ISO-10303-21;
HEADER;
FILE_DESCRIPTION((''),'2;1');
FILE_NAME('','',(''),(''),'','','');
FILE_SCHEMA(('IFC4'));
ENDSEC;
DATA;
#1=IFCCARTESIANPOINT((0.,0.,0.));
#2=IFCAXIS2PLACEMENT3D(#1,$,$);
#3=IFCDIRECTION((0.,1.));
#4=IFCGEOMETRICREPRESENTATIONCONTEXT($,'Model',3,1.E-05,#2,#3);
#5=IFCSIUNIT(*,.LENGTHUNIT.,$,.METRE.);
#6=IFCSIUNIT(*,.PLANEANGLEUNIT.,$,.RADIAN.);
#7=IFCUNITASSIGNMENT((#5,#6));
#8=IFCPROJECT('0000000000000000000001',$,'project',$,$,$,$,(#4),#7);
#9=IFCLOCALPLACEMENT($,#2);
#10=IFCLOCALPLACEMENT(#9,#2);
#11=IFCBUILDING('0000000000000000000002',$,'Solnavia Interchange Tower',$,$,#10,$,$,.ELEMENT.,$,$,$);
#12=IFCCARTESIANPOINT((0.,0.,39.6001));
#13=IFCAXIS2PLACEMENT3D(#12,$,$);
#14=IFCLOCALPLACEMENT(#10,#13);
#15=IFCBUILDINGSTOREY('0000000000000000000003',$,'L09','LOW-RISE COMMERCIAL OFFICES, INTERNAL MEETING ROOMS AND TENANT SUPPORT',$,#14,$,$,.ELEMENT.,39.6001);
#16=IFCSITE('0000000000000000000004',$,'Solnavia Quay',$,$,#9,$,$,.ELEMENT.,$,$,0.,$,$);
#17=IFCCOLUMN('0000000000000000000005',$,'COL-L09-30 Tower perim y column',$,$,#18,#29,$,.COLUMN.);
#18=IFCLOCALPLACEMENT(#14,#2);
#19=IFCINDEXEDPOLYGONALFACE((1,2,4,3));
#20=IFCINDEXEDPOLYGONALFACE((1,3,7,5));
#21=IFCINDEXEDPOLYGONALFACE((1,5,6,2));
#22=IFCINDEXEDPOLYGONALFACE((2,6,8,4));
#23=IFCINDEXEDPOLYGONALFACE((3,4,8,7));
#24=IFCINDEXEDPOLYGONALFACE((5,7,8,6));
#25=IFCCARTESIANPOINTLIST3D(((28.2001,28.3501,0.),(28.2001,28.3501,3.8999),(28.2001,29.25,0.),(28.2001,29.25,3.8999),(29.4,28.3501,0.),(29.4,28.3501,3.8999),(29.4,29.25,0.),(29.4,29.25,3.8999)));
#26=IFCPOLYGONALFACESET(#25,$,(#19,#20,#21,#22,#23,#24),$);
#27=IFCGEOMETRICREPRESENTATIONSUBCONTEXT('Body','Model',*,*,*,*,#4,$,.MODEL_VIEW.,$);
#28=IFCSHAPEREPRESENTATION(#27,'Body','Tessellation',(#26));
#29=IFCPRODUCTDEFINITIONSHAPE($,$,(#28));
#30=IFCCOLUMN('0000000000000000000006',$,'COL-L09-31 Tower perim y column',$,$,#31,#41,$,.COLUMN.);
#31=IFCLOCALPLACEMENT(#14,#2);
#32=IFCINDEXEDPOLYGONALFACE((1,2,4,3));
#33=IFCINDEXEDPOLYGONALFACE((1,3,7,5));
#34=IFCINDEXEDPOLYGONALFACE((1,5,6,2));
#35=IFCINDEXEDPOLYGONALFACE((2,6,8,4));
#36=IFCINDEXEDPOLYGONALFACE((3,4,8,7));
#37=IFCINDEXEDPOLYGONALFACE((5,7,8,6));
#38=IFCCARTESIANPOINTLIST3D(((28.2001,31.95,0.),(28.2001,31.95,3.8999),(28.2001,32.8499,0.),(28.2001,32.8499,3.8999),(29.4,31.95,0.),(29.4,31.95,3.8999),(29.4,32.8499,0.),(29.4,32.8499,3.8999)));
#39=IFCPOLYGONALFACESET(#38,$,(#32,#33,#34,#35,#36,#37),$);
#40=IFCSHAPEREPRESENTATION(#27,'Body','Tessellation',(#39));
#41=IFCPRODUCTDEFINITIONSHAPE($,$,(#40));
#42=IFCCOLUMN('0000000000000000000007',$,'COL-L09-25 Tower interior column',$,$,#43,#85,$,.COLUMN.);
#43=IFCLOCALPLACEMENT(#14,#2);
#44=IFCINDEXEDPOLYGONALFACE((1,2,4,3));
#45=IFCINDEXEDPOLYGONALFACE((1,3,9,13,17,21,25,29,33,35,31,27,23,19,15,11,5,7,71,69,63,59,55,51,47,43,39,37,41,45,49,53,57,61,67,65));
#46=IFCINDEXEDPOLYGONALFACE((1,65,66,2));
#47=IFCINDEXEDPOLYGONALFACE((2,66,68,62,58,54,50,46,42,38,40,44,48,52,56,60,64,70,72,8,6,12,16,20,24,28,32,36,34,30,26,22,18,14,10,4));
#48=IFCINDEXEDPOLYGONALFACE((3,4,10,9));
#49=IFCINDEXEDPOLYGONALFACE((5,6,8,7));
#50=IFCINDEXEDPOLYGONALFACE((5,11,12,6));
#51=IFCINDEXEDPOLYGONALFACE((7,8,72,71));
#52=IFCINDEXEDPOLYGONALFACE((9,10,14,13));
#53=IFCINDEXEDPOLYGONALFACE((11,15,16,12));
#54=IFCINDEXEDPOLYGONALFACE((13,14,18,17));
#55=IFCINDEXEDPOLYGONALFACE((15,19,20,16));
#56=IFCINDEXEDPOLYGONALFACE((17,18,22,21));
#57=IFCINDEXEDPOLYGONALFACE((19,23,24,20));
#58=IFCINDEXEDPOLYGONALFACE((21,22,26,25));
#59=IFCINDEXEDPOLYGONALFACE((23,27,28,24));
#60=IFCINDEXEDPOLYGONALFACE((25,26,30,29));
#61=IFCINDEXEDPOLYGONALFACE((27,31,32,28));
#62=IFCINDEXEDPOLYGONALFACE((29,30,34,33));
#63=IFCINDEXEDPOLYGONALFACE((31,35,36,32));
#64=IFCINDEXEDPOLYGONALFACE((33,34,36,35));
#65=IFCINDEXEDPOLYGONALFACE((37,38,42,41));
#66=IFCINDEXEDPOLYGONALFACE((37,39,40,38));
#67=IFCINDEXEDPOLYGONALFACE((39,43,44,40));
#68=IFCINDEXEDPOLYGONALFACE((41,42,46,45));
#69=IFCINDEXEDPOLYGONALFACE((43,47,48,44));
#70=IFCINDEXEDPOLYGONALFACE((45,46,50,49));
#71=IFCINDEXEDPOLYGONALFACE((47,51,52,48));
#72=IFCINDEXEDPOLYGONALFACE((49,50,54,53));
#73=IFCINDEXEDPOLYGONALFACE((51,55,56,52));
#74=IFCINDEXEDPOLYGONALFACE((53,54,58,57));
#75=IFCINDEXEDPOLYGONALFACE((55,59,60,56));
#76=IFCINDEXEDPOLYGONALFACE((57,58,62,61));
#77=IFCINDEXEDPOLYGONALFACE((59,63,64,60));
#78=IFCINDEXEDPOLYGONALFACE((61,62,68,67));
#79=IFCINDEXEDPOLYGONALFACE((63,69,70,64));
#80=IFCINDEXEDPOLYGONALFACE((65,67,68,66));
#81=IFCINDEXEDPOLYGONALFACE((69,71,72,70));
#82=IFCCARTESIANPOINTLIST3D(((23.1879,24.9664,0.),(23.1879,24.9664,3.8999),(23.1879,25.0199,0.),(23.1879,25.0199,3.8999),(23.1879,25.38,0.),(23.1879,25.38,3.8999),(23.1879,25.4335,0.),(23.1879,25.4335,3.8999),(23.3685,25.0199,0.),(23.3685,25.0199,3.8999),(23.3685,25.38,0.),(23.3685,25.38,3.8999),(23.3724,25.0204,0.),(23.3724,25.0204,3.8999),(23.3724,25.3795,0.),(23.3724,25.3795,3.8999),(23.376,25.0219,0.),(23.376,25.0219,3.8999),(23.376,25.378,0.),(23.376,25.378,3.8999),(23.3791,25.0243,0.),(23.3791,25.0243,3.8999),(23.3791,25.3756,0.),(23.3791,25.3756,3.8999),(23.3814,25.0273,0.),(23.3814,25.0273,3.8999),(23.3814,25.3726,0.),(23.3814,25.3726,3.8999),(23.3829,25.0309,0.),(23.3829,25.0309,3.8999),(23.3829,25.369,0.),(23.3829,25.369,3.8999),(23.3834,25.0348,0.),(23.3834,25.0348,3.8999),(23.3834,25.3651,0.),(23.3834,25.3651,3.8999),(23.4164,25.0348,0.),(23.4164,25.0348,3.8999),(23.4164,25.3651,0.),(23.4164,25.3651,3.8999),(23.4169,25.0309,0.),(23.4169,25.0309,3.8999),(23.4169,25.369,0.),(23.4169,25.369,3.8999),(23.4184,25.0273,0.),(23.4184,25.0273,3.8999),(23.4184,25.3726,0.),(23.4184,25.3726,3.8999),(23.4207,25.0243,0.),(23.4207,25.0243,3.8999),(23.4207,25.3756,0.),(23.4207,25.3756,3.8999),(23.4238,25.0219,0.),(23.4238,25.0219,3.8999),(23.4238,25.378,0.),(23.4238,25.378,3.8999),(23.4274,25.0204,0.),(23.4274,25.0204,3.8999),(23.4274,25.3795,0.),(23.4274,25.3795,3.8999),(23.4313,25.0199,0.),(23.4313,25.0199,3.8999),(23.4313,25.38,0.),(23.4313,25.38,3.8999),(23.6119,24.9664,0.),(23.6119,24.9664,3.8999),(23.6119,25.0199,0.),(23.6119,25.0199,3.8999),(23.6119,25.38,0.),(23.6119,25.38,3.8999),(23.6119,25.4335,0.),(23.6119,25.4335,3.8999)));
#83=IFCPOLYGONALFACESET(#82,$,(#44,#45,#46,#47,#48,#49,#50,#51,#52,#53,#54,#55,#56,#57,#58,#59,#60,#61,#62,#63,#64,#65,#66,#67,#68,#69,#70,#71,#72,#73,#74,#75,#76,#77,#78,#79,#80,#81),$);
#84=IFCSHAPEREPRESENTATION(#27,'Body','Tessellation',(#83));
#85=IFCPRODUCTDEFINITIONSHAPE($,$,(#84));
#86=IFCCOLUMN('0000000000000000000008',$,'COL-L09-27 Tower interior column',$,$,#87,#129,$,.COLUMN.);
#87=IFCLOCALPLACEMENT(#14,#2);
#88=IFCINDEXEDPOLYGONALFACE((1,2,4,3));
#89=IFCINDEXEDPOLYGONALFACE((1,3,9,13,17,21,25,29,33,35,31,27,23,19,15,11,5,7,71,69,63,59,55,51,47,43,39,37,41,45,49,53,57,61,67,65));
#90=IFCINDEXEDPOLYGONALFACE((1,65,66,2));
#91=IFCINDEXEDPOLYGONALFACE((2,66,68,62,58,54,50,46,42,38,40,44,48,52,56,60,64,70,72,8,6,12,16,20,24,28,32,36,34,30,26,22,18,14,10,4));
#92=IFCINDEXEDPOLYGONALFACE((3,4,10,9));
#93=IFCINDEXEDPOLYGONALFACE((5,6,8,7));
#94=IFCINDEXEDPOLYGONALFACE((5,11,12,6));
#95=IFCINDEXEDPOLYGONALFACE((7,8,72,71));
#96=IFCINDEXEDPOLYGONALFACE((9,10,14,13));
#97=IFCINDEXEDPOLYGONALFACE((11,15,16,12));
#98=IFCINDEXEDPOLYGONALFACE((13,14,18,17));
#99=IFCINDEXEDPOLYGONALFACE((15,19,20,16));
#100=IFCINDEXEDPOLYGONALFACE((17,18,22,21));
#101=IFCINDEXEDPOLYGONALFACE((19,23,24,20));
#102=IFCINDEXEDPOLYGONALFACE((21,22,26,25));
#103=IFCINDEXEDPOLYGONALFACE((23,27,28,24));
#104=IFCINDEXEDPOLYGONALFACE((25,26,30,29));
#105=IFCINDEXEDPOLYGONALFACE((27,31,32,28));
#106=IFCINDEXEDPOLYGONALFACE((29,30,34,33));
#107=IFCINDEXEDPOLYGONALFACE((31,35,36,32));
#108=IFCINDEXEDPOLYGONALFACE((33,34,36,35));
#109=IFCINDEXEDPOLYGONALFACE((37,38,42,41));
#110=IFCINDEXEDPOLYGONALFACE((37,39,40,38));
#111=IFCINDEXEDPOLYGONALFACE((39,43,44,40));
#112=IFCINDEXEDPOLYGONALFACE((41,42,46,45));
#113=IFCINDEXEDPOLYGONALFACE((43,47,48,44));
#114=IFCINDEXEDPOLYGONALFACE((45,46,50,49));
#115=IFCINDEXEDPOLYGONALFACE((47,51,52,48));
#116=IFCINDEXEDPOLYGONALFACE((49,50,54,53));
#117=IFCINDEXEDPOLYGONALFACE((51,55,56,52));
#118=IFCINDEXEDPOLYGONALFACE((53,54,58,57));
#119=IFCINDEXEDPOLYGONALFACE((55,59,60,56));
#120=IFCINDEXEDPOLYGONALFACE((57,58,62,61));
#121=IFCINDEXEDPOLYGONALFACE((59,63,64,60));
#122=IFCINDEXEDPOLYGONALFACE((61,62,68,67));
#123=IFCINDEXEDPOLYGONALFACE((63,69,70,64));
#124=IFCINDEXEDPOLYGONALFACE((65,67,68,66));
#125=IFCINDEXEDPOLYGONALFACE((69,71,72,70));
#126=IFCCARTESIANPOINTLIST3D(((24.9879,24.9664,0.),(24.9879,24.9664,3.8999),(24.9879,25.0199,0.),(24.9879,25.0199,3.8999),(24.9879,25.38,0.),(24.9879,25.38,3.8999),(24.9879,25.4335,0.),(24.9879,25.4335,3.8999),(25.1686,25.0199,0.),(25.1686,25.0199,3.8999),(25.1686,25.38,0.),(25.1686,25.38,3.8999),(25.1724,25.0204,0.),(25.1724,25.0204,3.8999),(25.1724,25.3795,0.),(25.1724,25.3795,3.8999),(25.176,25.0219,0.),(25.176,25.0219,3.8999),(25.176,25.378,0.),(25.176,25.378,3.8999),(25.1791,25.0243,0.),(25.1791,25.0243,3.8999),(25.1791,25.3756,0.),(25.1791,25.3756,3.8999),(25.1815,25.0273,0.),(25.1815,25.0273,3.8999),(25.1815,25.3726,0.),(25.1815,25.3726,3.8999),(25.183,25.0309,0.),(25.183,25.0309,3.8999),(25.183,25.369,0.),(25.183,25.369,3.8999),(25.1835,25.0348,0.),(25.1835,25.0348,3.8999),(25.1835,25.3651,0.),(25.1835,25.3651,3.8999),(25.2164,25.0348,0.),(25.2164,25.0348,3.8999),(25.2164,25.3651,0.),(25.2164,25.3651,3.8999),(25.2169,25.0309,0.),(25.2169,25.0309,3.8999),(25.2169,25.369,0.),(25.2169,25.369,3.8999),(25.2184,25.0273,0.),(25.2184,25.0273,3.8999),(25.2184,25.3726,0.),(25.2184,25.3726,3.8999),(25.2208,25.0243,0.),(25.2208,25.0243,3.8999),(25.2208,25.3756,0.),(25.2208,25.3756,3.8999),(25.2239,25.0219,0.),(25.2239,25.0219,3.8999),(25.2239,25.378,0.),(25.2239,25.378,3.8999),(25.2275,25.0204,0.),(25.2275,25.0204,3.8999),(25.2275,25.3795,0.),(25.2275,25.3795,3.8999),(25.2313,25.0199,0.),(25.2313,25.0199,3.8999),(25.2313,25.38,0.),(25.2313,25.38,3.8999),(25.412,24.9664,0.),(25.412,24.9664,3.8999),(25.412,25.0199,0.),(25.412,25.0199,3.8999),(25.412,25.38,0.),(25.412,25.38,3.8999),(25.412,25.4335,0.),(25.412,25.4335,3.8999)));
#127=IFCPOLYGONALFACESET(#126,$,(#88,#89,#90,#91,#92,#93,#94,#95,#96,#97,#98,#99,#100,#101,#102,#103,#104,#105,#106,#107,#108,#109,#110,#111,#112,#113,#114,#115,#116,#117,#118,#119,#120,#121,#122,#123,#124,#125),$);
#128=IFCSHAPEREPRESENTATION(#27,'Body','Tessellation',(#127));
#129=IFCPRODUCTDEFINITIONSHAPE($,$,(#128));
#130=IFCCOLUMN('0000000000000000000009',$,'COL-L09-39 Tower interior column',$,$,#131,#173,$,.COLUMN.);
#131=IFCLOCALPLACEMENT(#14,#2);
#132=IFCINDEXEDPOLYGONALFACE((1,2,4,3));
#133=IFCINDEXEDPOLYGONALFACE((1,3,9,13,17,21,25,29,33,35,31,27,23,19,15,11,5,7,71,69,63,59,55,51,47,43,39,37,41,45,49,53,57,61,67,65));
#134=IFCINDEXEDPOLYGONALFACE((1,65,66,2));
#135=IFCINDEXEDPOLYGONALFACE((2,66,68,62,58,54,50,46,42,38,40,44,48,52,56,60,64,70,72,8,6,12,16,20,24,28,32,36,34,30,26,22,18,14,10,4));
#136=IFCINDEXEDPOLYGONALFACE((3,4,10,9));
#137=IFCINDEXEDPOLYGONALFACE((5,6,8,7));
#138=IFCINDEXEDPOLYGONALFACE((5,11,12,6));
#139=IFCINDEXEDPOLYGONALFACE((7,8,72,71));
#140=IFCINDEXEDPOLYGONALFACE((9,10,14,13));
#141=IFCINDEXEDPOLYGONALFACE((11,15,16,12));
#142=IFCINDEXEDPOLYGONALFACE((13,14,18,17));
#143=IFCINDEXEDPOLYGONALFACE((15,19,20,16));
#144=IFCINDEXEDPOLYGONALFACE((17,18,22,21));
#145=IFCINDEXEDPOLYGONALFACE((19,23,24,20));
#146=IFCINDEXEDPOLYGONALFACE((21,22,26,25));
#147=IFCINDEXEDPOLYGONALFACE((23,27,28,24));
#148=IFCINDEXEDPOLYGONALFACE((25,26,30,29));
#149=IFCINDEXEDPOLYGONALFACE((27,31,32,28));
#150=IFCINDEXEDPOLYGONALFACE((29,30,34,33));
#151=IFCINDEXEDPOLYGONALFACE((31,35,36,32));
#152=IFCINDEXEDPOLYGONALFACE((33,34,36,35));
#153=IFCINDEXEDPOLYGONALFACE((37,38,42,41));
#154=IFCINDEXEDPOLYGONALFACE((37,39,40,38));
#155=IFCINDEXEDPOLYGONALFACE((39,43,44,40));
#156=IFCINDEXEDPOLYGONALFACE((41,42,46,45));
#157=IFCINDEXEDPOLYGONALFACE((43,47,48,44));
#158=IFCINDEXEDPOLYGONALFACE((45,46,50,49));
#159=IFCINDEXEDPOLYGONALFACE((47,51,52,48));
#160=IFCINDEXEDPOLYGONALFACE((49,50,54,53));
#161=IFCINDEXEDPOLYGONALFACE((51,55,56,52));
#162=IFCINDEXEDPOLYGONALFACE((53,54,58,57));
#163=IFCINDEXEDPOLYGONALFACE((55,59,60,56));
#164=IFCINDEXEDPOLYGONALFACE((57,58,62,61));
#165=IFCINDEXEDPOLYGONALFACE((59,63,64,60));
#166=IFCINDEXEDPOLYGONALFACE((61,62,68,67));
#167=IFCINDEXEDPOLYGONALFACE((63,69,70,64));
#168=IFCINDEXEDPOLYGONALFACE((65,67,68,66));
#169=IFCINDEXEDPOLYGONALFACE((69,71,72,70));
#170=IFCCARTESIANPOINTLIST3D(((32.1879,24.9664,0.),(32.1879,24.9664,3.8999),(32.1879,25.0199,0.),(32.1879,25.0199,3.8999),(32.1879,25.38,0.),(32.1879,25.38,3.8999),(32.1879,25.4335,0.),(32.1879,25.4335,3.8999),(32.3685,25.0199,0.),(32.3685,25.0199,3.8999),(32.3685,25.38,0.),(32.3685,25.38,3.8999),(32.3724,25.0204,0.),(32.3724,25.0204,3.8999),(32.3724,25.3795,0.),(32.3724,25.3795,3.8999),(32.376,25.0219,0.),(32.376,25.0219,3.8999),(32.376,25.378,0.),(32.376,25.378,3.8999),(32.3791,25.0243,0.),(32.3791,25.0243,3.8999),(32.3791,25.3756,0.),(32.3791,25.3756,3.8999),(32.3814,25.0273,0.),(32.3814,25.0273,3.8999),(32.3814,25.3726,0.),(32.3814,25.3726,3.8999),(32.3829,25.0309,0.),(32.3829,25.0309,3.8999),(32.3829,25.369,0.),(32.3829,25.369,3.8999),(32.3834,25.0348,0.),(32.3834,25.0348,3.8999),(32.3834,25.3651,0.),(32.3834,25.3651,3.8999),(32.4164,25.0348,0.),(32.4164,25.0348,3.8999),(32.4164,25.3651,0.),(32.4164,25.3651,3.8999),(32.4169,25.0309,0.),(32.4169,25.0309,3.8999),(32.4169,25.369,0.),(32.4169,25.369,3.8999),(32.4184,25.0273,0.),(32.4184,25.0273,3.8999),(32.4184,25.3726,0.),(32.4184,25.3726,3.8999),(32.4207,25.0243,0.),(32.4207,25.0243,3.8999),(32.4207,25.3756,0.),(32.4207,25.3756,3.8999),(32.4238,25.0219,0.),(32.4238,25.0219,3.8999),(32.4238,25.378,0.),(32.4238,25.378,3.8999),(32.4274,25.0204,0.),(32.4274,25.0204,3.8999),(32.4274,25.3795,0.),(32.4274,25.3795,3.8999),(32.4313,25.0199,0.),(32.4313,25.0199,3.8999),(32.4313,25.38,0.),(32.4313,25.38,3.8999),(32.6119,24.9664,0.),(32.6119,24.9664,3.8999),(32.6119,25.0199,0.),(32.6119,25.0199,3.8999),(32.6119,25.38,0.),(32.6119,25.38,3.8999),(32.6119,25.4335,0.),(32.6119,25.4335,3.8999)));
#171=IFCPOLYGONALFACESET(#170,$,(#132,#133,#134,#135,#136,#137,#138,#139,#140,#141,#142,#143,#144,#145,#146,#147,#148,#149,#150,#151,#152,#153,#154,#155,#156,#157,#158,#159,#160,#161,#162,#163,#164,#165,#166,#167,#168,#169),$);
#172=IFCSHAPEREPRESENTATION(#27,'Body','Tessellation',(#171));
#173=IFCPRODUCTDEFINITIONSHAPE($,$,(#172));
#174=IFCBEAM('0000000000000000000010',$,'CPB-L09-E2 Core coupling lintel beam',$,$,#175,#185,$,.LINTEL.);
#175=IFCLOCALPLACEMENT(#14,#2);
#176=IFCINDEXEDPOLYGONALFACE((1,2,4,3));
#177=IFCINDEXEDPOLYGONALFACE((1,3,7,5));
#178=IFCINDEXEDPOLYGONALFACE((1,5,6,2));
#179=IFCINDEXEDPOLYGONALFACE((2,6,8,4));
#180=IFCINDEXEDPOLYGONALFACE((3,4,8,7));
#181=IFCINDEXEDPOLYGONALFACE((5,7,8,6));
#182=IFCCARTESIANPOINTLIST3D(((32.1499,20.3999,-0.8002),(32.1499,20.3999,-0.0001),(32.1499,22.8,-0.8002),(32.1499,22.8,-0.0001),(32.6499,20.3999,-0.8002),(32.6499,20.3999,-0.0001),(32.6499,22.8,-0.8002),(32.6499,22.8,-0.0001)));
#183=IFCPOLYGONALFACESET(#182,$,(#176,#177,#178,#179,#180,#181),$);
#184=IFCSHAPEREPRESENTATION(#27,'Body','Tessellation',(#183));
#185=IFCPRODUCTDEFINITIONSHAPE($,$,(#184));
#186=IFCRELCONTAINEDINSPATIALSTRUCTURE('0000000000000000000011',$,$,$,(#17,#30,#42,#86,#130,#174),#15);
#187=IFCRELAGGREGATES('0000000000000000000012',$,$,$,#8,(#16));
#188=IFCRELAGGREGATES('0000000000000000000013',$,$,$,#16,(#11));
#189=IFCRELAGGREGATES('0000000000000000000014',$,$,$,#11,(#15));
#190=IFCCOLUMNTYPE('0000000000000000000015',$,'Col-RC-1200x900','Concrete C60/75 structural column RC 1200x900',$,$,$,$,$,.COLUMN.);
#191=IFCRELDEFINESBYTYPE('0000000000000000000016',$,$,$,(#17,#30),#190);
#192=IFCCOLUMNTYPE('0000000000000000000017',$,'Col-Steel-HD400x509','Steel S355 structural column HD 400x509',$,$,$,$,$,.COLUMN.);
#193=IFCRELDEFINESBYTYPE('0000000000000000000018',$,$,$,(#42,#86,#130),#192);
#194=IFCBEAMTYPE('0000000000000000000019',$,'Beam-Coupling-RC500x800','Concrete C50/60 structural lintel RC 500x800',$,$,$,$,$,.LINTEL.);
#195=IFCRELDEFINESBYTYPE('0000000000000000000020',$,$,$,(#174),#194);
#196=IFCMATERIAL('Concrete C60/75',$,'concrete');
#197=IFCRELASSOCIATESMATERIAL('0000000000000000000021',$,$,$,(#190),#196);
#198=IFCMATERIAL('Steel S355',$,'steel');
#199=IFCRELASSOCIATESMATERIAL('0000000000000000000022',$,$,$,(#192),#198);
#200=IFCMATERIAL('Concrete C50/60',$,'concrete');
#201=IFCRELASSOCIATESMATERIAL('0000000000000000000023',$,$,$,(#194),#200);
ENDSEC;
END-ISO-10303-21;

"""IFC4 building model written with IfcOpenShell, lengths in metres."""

from ifc_helpers import new_model, si_unit, direction, frame, origin, origin_2d, place, context, subcontext, project, spatial, rectangle, i_section, extrude, material, material_profile, profile_set, type_object, element, save


model = new_model("IFC4")

# Units and contexts
model_context = context("Model", 3, precision=1e-05, world=origin(), true_north=direction((0.0, 1.0)))
body_context = subcontext(model_context, "Body", "Model", "MODEL_VIEW")
ifc_project = project(units=[si_unit("LENGTHUNIT", "METRE"), si_unit("PLANEANGLEUNIT", "RADIAN")], contexts=[model_context])

# Site, building, storey
site_placement = place(None, origin())
site = spatial("IfcSite", under=ifc_project, at=site_placement, Name="Solnavia Quay", CompositionType="ELEMENT", RefElevation=0.0)
building_placement = place(site_placement, origin())
building = spatial("IfcBuilding", under=site, at=building_placement, Name="Solnavia Interchange Tower", CompositionType="ELEMENT")
storey_placement = place(building_placement, frame((0.0, 0.0, 39.6001)))
storey = spatial("IfcBuildingStorey", under=building, at=storey_placement, Name="L09", Description="LOW-RISE COMMERCIAL OFFICES, INTERNAL MEETING ROOMS AND TENANT SUPPORT", CompositionType="ELEMENT", Elevation=39.6001)

# Columns
ifc_material_1 = material(Name="Concrete C60/75", Category="concrete")
ifc_material_profile_1 = material_profile(ifc_material_1, rectangle(XDim=0.8999, YDim=1.2, at=origin_2d()), Name="RC 1200x900")
ifc_profile_set_1 = profile_set([ifc_material_profile_1], Name="Concrete C60/75")
column_type_1 = type_object("IfcColumnType", Name="Col-RC-1200x900", Description="Concrete C60/75 structural column RC 1200x900", PredefinedType="COLUMN", material=ifc_profile_set_1)
for number, where, z_axis, x_axis, name in (
    (1, (28.8, 28.8, 0.0), (0.0, 0.0, 1.0), (0.0, 1.0, 0.0), "COL-L09-30 Tower perim y column"),
    (2, (28.8, 32.3999, 0.0), (0.0, 0.0, 1.0), (0.0, 1.0, 0.0), "COL-L09-31 Tower perim y column"),
):
    element("IfcColumn", number, at=place(storey_placement, frame(where, z_axis=z_axis, x_axis=x_axis)), inside=storey, type_object=column_type_1, Name=name, PredefinedType="COLUMN", context=body_context, shape_type="SweptSolid", body=[
        extrude(rectangle(XDim=0.8999, YDim=1.2, at=origin_2d()), origin(), (0.0, 0.0, 1.0), 3.8999),
    ])
ifc_material_2 = material(Name="Steel S355", Category="steel")
ifc_material_profile_2 = material_profile(ifc_material_2, i_section(OverallWidth=0.4241, OverallDepth=0.467, WebThickness=0.033, FlangeThickness=0.0535, FilletRadius=0.0149, at=origin_2d()), Name="HD 400x509")
ifc_profile_set_2 = profile_set([ifc_material_profile_2], Name="Steel S355")
column_type_2 = type_object("IfcColumnType", Name="Col-Steel-HD400x509", Description="Steel S355 structural column HD 400x509", PredefinedType="COLUMN", material=ifc_profile_set_2)
for number, where, z_axis, x_axis, name in (
    (3, (23.3999, 25.2, 0.0), (0.0, 0.0, 1.0), (1.0, 0.0, 0.0), "COL-L09-25 Tower interior column"),
    (4, (25.2, 25.2, 0.0), (0.0, 0.0, 1.0), (1.0, 0.0, 0.0), "COL-L09-27 Tower interior column"),
    (5, (32.3999, 25.2, 0.0), (0.0, 0.0, 1.0), (1.0, 0.0, 0.0), "COL-L09-39 Tower interior column"),
):
    element("IfcColumn", number, at=place(storey_placement, frame(where, z_axis=z_axis, x_axis=x_axis)), inside=storey, type_object=column_type_2, Name=name, PredefinedType="COLUMN", context=body_context, shape_type="SweptSolid", body=[
        extrude(i_section(OverallWidth=0.4241, OverallDepth=0.467, WebThickness=0.033, FlangeThickness=0.0535, FilletRadius=0.0149, at=origin_2d()), origin(), (0.0, 0.0, 1.0), 3.8999),
    ])

# Beam
ifc_material_3 = material(Name="Concrete C50/60", Category="concrete")
ifc_material_profile_3 = material_profile(ifc_material_3, rectangle(XDim=0.5, YDim=0.8, at=origin_2d()), Name="RC 500x800")
ifc_profile_set_3 = profile_set([ifc_material_profile_3], Name="Concrete C50/60")
beam_type_1 = type_object("IfcBeamType", Name="Beam-Coupling-RC500x800", Description="Concrete C50/60 structural lintel RC 500x800", PredefinedType="LINTEL", material=ifc_profile_set_3)
beam_1_placement = place(storey_placement, frame((32.3999, 20.3999, -0.4001), z_axis=(0.0, 1.0, 0.0), x_axis=(-1.0, 0.0, 0.0)))
element("IfcBeam", 6, at=beam_1_placement, inside=storey, type_object=beam_type_1, Name="CPB-L09-E2 Core coupling lintel beam", PredefinedType="LINTEL", context=body_context, shape_type="SweptSolid", body=[
    extrude(rectangle(XDim=0.5, YDim=0.8, at=origin_2d()), origin(), (0.0, 0.0, 1.0), 2.4001),
])

save(model, "model.ifc")
